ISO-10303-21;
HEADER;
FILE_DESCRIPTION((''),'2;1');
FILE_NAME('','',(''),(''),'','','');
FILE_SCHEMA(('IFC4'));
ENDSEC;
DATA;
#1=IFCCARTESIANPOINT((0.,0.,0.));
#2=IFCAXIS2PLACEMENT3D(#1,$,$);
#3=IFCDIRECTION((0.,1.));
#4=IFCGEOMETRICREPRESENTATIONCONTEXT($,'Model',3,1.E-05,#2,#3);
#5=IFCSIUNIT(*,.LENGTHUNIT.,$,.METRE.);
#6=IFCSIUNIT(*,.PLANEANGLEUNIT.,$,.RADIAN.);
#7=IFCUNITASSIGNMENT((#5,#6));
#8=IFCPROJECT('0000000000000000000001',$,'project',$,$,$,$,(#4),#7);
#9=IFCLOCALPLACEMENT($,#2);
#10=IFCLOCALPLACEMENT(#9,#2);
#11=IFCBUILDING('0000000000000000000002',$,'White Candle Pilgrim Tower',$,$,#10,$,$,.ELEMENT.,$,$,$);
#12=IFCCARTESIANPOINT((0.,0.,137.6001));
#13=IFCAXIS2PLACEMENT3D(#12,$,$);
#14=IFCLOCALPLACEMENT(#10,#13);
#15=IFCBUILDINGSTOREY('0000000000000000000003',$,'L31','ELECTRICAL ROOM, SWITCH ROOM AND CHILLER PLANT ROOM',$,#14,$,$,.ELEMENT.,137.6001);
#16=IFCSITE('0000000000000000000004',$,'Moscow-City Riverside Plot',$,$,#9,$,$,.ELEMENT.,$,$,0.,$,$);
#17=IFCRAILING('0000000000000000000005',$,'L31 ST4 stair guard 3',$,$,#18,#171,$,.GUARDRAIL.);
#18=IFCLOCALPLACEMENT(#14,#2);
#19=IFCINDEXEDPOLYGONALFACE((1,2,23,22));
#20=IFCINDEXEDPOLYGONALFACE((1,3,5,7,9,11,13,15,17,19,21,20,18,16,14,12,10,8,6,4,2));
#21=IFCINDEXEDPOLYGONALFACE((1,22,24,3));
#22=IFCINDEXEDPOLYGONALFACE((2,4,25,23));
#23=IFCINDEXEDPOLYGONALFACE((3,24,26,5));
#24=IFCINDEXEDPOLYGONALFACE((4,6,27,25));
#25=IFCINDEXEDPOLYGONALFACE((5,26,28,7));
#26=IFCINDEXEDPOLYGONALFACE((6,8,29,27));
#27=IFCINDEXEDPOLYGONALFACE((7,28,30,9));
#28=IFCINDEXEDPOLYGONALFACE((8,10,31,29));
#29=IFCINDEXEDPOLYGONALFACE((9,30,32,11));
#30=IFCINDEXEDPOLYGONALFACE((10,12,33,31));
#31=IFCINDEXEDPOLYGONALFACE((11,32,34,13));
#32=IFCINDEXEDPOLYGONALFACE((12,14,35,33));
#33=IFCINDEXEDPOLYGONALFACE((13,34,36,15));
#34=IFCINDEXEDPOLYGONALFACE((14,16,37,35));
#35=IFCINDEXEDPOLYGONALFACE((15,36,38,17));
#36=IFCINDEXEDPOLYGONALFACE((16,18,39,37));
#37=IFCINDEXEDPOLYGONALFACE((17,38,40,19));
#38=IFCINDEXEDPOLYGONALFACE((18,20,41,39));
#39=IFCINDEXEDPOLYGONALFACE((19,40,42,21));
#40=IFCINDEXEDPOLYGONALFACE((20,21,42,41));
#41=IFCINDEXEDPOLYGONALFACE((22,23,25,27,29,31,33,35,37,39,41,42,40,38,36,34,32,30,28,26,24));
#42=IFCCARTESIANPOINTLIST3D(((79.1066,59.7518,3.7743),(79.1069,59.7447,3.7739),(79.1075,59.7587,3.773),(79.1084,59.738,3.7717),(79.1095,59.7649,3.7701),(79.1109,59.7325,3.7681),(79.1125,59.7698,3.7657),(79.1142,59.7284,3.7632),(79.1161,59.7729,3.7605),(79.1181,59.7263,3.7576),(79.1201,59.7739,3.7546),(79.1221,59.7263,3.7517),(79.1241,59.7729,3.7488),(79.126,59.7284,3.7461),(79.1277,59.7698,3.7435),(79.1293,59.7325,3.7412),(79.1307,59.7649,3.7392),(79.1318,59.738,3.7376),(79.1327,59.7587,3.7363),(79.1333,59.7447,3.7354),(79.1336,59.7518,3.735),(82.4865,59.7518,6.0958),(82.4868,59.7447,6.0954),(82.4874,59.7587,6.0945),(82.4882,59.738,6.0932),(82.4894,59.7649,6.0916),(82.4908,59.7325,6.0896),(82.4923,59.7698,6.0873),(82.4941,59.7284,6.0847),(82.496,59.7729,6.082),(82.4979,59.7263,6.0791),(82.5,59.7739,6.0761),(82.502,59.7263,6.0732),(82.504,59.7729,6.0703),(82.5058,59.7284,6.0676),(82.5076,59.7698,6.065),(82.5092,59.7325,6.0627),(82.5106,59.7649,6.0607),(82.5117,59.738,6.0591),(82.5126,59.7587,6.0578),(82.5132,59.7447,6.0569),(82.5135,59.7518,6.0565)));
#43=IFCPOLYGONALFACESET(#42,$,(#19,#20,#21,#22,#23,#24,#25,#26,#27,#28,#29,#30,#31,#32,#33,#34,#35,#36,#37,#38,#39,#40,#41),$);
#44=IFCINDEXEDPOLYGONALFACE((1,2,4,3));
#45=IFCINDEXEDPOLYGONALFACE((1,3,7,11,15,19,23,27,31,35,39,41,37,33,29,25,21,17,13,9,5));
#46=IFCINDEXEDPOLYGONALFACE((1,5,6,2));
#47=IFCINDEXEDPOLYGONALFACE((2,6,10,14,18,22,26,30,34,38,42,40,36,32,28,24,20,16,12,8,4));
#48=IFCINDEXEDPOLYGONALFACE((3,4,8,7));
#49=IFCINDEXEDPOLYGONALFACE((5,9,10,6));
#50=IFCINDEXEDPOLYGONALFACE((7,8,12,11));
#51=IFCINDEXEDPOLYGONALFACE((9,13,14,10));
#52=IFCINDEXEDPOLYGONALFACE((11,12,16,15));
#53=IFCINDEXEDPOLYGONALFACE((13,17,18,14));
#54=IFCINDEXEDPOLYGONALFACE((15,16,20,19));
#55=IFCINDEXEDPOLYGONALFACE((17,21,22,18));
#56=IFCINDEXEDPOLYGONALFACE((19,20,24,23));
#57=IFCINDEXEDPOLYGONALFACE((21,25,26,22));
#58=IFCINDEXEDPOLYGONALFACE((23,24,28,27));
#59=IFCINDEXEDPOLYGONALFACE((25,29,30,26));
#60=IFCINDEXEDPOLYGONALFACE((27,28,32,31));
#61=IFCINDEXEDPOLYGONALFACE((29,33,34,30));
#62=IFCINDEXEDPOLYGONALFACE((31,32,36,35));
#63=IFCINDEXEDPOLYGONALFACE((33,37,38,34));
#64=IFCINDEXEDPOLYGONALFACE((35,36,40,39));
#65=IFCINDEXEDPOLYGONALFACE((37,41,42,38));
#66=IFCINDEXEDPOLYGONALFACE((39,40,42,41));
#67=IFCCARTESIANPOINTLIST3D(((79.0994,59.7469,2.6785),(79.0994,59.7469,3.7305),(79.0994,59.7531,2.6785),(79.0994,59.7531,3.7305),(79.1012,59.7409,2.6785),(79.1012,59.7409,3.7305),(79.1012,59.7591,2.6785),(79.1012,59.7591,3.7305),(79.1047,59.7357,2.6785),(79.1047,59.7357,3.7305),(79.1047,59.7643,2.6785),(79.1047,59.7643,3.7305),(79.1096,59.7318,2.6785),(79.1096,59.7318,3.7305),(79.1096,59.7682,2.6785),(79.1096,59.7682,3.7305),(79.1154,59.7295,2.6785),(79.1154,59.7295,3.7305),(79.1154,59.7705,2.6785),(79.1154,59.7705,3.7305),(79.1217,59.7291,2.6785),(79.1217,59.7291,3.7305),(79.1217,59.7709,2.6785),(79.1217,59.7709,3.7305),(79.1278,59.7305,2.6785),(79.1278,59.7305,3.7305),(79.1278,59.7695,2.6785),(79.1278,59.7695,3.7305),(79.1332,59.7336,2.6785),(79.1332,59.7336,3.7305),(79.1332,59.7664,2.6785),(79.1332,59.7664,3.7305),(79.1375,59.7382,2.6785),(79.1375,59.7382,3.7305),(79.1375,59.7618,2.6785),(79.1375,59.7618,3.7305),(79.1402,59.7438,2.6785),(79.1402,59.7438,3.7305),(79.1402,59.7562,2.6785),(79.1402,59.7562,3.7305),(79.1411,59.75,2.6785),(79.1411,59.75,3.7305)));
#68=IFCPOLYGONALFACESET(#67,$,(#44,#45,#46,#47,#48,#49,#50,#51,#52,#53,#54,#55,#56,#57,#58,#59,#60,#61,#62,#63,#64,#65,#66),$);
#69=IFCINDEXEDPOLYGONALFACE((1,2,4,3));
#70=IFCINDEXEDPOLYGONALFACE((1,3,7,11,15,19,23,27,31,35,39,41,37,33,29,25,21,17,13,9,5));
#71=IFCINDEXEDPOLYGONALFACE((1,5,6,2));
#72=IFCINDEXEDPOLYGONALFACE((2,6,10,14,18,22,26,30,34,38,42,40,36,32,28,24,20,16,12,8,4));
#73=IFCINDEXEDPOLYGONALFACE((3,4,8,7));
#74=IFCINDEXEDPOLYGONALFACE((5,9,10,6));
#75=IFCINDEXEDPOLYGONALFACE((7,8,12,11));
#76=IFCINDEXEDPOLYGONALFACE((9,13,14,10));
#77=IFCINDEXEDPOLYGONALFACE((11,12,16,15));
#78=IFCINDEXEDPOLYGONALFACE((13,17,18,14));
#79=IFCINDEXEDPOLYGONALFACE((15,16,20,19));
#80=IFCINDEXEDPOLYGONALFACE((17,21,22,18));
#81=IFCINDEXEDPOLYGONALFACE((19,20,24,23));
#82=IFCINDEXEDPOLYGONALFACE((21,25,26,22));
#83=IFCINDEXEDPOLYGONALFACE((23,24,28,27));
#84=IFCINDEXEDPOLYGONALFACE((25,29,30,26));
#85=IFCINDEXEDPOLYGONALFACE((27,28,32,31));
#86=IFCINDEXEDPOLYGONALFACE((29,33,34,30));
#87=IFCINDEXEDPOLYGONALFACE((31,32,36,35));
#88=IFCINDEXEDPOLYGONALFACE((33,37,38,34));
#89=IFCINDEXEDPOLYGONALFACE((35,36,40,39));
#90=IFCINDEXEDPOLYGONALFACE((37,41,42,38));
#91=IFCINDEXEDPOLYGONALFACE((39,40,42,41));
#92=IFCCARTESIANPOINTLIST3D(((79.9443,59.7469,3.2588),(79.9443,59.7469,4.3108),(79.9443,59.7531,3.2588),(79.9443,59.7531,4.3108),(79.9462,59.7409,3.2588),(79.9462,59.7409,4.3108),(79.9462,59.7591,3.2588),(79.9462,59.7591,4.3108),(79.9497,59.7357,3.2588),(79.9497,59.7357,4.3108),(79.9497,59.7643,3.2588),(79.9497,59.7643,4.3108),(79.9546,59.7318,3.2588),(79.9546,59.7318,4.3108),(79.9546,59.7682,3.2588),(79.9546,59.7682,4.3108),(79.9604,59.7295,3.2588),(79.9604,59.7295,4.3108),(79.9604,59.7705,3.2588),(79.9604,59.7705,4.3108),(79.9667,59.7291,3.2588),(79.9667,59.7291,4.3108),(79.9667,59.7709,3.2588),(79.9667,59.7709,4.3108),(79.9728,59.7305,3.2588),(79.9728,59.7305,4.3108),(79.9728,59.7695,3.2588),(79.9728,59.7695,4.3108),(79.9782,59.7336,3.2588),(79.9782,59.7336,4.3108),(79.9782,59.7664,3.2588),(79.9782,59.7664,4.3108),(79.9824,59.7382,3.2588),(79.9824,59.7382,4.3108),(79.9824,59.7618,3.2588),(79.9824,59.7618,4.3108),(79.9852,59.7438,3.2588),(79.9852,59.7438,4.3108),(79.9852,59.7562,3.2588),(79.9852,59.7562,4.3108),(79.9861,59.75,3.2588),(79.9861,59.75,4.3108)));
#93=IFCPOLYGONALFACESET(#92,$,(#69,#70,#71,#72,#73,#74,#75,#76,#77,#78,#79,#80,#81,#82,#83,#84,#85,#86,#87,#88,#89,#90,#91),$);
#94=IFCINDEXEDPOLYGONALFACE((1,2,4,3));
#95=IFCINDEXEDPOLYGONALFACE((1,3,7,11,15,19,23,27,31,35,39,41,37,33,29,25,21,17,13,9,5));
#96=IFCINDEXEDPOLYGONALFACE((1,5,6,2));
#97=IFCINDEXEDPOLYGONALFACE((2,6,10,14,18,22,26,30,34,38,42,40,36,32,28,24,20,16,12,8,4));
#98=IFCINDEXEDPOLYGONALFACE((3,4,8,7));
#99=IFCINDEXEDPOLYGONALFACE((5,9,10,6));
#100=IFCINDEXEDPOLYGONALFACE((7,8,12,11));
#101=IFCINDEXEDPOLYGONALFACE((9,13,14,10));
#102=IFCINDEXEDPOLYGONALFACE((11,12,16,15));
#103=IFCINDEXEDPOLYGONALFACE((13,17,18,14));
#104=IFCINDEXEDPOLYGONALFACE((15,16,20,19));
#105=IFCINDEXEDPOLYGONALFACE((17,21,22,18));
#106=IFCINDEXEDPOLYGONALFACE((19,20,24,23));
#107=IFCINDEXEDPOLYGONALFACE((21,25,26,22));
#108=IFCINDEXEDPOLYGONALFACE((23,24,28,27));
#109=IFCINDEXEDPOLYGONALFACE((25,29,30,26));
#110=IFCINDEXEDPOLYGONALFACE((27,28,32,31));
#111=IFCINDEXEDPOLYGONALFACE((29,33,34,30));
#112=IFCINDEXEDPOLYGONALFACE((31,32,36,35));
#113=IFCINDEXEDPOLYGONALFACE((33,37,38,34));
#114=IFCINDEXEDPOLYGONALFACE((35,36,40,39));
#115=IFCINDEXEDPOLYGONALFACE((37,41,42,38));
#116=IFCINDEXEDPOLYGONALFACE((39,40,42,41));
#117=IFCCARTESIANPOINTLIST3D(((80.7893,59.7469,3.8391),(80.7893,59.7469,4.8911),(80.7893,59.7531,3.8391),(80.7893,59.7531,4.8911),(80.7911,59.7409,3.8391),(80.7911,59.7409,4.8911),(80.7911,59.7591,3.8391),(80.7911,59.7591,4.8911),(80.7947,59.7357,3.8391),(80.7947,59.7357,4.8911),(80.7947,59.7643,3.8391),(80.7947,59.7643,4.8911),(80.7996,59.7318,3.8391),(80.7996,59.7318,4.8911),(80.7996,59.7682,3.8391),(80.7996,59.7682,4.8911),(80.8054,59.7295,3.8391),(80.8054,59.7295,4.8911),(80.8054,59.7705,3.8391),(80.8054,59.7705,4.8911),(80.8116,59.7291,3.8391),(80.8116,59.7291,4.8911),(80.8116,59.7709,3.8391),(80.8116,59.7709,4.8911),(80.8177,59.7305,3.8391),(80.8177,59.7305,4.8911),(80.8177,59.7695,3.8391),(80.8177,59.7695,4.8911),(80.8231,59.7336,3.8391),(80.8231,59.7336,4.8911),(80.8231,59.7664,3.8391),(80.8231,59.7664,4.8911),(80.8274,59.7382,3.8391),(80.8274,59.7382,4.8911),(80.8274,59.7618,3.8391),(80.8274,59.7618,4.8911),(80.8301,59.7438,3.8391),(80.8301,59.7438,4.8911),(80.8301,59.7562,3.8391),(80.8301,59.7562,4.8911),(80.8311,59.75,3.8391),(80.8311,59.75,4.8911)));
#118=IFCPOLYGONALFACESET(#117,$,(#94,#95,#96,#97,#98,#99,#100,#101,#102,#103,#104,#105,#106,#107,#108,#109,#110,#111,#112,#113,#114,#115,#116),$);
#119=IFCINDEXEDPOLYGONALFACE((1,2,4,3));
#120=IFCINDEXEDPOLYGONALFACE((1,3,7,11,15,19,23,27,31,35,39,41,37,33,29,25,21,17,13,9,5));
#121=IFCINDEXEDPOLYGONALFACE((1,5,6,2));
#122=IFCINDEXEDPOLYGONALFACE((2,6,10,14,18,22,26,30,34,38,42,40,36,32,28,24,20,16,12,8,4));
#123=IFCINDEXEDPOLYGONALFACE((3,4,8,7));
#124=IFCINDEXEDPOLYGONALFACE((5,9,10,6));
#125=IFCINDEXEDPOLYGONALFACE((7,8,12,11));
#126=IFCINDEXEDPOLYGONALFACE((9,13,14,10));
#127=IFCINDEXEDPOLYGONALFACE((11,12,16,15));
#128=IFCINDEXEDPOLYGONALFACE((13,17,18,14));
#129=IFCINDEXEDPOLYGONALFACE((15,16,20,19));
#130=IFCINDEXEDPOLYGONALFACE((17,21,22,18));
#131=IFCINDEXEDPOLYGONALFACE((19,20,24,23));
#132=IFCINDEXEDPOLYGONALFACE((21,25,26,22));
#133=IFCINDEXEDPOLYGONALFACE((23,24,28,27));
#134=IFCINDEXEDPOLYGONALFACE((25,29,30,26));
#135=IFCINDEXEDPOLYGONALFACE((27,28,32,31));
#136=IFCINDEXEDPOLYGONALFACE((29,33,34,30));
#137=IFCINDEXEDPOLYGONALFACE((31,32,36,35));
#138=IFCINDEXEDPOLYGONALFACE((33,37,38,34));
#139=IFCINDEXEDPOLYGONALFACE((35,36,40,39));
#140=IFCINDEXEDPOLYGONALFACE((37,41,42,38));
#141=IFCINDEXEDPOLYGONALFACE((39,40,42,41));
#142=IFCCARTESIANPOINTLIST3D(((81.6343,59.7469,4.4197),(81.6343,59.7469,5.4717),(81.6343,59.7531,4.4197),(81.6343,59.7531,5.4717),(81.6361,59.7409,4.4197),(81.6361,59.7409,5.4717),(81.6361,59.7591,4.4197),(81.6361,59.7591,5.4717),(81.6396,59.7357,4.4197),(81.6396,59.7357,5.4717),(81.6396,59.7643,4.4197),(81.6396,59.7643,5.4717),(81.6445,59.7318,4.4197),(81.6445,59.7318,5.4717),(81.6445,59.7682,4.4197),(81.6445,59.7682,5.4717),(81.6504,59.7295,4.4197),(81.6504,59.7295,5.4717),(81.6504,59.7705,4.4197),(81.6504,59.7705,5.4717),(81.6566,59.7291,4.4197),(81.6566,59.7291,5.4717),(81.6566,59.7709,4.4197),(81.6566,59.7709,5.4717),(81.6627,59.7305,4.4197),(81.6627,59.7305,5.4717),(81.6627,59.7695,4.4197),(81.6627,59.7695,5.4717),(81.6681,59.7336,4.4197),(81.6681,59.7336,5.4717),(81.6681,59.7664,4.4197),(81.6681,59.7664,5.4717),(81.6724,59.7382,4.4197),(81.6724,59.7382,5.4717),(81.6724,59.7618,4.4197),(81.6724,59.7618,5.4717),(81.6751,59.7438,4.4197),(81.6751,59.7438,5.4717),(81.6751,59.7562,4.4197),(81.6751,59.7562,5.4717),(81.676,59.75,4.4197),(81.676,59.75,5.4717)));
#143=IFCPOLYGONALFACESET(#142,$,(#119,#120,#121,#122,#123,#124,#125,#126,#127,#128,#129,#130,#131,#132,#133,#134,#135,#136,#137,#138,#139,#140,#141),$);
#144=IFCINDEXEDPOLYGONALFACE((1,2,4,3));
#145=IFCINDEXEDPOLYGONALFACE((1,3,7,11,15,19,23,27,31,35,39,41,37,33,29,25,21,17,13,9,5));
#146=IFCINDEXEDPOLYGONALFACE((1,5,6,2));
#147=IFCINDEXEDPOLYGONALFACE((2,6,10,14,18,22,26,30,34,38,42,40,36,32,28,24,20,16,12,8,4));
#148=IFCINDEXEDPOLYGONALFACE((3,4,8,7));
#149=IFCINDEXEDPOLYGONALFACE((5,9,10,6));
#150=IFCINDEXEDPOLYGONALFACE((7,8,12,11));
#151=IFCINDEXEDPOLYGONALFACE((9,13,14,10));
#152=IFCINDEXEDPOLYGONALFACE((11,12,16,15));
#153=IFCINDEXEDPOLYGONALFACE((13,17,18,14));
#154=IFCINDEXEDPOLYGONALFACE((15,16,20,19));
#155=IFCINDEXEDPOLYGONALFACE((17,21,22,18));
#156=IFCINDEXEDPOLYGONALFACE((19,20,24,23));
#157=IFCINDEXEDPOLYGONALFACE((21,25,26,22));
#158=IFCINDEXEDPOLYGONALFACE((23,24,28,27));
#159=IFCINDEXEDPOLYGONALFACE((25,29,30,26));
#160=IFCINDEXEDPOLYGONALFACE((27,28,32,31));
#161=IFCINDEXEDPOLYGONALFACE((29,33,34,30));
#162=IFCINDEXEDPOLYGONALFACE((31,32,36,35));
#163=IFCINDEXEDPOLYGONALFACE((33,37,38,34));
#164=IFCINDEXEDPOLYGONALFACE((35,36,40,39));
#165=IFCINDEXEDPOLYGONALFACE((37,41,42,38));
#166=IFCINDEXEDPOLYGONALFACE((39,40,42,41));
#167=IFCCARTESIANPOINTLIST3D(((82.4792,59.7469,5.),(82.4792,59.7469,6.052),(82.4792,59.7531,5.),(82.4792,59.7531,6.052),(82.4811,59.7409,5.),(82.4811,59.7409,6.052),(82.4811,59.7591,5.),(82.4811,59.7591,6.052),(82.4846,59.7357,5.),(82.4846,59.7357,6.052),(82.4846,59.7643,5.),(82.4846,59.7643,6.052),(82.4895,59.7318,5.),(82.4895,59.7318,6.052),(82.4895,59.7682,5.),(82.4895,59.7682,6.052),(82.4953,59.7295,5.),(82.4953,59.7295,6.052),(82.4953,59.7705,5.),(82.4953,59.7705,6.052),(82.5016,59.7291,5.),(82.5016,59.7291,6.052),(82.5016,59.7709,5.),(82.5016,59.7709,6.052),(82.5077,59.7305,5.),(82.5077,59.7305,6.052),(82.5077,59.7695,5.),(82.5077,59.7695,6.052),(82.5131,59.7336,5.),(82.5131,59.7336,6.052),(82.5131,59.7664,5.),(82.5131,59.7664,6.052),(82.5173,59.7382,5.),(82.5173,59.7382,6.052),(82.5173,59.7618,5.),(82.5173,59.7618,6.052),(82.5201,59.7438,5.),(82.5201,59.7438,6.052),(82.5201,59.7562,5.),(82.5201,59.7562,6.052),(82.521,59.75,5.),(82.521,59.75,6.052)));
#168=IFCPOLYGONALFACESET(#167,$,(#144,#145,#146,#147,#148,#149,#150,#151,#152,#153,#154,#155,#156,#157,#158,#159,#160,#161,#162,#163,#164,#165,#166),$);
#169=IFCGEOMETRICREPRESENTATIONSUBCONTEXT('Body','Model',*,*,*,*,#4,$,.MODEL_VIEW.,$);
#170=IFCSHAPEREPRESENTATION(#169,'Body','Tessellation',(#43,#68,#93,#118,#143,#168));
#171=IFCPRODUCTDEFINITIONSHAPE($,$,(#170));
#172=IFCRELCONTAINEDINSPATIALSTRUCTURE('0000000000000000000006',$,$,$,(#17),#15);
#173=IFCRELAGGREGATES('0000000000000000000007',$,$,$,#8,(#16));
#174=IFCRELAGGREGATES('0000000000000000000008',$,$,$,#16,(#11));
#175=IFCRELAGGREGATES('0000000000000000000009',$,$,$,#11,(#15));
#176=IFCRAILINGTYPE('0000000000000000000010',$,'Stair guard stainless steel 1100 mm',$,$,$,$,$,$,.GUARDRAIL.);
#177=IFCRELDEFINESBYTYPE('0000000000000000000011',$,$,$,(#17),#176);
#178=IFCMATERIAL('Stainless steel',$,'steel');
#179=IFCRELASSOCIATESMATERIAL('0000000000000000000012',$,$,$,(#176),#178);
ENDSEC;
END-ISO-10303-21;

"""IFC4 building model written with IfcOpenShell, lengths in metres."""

from ifc_helpers import new_model, si_unit, direction, frame, origin, origin_2d, place, context, subcontext, project, spatial, circle, extrude, material, type_object, element, save


model = new_model("IFC4")

# Units and contexts
model_context = context("Model", 3, precision=1e-05, world=origin(), true_north=direction((0.0, 1.0)))
body_context = subcontext(model_context, "Body", "Model", "MODEL_VIEW")
ifc_project = project(units=[si_unit("LENGTHUNIT", "METRE"), si_unit("PLANEANGLEUNIT", "RADIAN")], contexts=[model_context])

# Site, building, storey
site_placement = place(None, origin())
site = spatial("IfcSite", under=ifc_project, at=site_placement, Name="Moscow-City Riverside Plot", CompositionType="ELEMENT", RefElevation=0.0)
building_placement = place(site_placement, origin())
building = spatial("IfcBuilding", under=site, at=building_placement, Name="White Candle Pilgrim Tower", CompositionType="ELEMENT")
storey_placement = place(building_placement, frame((0.0, 0.0, 137.6001)))
storey = spatial("IfcBuildingStorey", under=building, at=storey_placement, Name="L31", Description="ELECTRICAL ROOM, SWITCH ROOM AND CHILLER PLANT ROOM", CompositionType="ELEMENT", Elevation=137.6001)

# Railing
ifc_material_1 = material(Name="Stainless steel", Category="steel")
railing_type_1 = type_object("IfcRailingType", Name="Stair guard stainless steel 1100 mm", PredefinedType="GUARDRAIL", material=ifc_material_1)
railing_1_placement = place(storey_placement, frame((79.1201, 59.75, 2.6785)))
element("IfcRailing", 1, at=railing_1_placement, inside=storey, type_object=railing_type_1, Name="L31 ST4 stair guard 3", PredefinedType="GUARDRAIL", context=body_context, shape_type="SweptSolid", body=[
    extrude(circle(Radius=0.0239, at=origin_2d()), frame((0.0, 0.0, 1.0762), z_axis=(0.824285, 0.0, 0.566175), x_axis=(0.0, 1.0, 0.0)), (0.0, 0.0, 1.0), 4.1003),
    extrude(circle(Radius=0.021, at=origin_2d()), origin(), (0.0, 0.0, 1.0), 1.052),
    extrude(circle(Radius=0.021, at=origin_2d()), frame((0.845, 0.0, 0.5803)), (0.0, 0.0, 1.0), 1.052),
    extrude(circle(Radius=0.021, at=origin_2d()), frame((1.6899, 0.0, 1.1606)), (0.0, 0.0, 1.0), 1.052),
    extrude(circle(Radius=0.021, at=origin_2d()), frame((2.5349, 0.0, 1.7412)), (0.0, 0.0, 1.0), 1.052),
    extrude(circle(Radius=0.021, at=origin_2d()), frame((3.3799, 0.0, 2.3215)), (0.0, 0.0, 1.0), 1.052),
])

save(model, "model.ifc")
